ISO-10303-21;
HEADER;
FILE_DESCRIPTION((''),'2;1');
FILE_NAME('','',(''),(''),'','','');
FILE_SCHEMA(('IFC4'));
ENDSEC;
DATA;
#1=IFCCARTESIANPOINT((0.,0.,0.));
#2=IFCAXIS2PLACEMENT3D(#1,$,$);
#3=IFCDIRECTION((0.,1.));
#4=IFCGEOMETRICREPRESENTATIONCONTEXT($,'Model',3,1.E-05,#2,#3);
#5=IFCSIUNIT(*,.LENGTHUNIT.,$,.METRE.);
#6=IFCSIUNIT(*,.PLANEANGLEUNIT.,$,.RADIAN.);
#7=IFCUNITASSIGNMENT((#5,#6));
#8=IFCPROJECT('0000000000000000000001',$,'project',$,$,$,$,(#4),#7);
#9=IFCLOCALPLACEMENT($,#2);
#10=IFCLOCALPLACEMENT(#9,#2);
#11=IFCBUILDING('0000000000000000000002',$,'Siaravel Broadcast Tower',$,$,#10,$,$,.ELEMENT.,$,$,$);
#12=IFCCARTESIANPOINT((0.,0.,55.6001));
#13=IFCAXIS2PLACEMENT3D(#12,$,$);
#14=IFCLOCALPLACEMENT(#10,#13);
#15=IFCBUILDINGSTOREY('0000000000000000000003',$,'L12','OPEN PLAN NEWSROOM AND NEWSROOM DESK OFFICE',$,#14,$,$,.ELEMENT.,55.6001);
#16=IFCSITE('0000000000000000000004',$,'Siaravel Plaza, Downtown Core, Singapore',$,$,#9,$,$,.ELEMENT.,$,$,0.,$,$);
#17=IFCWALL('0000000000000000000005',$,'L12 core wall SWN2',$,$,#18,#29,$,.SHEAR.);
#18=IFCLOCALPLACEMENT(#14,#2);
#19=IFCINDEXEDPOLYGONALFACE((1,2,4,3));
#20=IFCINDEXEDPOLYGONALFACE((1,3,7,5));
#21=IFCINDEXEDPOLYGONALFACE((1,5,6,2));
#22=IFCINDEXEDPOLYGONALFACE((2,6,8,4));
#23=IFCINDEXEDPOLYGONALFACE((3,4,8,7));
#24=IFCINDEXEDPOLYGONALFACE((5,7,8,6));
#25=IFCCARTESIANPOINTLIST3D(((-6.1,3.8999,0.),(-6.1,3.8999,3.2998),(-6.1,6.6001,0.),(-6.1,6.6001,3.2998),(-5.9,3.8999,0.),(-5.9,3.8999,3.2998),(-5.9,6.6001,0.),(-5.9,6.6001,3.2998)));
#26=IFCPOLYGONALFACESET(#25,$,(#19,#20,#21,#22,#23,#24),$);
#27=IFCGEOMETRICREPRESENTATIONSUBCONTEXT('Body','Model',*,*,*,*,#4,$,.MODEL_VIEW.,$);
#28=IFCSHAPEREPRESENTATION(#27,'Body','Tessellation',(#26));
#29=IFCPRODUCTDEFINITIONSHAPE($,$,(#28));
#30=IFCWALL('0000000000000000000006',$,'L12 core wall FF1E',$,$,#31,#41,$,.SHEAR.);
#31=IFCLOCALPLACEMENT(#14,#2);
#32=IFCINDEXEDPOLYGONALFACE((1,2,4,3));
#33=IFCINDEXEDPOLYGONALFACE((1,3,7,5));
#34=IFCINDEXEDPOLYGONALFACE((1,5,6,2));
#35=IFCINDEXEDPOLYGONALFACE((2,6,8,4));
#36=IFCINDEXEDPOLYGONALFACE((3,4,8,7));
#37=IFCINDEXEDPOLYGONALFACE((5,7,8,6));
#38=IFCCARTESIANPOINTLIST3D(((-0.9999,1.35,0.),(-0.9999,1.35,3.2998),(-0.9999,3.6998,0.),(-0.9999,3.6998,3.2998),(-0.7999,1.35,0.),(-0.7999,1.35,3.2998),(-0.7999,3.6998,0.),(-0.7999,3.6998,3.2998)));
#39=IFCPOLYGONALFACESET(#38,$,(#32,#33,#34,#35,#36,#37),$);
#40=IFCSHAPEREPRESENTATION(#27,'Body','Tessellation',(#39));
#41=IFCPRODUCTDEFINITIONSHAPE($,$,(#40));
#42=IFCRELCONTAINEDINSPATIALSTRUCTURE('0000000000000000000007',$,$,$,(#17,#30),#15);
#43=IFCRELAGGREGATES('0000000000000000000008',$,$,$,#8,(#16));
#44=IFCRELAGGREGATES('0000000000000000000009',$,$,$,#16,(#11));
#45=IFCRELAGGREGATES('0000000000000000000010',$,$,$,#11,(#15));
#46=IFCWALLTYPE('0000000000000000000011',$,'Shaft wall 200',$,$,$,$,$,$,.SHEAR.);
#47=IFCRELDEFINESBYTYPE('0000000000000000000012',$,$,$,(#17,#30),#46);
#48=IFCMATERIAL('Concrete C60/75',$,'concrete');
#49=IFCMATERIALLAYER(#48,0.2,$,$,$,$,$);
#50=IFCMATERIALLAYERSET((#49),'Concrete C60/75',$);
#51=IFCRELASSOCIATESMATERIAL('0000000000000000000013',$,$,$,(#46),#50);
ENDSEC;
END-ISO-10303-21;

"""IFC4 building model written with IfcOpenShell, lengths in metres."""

from ifc_helpers import new_model, si_unit, direction, frame, frame_2d, origin, place, context, subcontext, project, spatial, rectangle, extrude, material, layer, layer_set, type_object, element, save


model = new_model("IFC4")

# Units and contexts
model_context = context("Model", 3, precision=1e-05, world=origin(), true_north=direction((0.0, 1.0)))
body_context = subcontext(model_context, "Body", "Model", "MODEL_VIEW")
ifc_project = project(units=[si_unit("LENGTHUNIT", "METRE"), si_unit("PLANEANGLEUNIT", "RADIAN")], contexts=[model_context])

# Site, building, storey
site_placement = place(None, origin())
site = spatial("IfcSite", under=ifc_project, at=site_placement, Name="Siaravel Plaza, Downtown Core, Singapore", CompositionType="ELEMENT", RefElevation=0.0)
building_placement = place(site_placement, origin())
building = spatial("IfcBuilding", under=site, at=building_placement, Name="Siaravel Broadcast Tower", CompositionType="ELEMENT")
storey_placement = place(building_placement, frame((0.0, 0.0, 55.6001)))
storey = spatial("IfcBuildingStorey", under=building, at=storey_placement, Name="L12", Description="OPEN PLAN NEWSROOM AND NEWSROOM DESK OFFICE", CompositionType="ELEMENT", Elevation=55.6001)

# Shared definitions
ifc_material_1 = material(Name="Concrete C60/75", Category="concrete")

# Walls
ifc_layer_1 = layer(ifc_material_1, 0.2)
ifc_layer_set_1 = layer_set([ifc_layer_1], Name="Concrete C60/75")
wall_type_1 = type_object("IfcWallType", Name="Shaft wall 200", PredefinedType="SHEAR", material=ifc_layer_set_1)
for number, where, z_axis, x_axis, name in (
    (1, (-6.0, 3.8999, 0.0), (0.0, 0.0, 1.0), (0.0, 1.0, 0.0), "L12 core wall SWN2"),
):
    element("IfcWall", number, at=place(storey_placement, frame(where, z_axis=z_axis, x_axis=x_axis)), inside=storey, type_object=wall_type_1, Name=name, PredefinedType="SHEAR", context=body_context, shape_type="SweptSolid", body=[
        extrude(rectangle(XDim=2.7002, YDim=0.2, at=frame_2d((1.3501, 0.0))), origin(), (0.0, 0.0, 1.0), 3.2998),
    ])
wall_1_placement = place(storey_placement, frame((-0.8999, 1.3501, 0.0), z_axis=(0.0, 0.0, 1.0), x_axis=(0.0, 1.0, 0.0)))
element("IfcWall", 2, at=wall_1_placement, inside=storey, type_object=wall_type_1, Name="L12 core wall FF1E", PredefinedType="SHEAR", context=body_context, shape_type="SweptSolid", body=[
    extrude(rectangle(XDim=2.3499, YDim=0.2, at=frame_2d((1.1748, 0.0))), origin(), (0.0, 0.0, 1.0), 3.2998),
])

save(model, "model.ifc")
